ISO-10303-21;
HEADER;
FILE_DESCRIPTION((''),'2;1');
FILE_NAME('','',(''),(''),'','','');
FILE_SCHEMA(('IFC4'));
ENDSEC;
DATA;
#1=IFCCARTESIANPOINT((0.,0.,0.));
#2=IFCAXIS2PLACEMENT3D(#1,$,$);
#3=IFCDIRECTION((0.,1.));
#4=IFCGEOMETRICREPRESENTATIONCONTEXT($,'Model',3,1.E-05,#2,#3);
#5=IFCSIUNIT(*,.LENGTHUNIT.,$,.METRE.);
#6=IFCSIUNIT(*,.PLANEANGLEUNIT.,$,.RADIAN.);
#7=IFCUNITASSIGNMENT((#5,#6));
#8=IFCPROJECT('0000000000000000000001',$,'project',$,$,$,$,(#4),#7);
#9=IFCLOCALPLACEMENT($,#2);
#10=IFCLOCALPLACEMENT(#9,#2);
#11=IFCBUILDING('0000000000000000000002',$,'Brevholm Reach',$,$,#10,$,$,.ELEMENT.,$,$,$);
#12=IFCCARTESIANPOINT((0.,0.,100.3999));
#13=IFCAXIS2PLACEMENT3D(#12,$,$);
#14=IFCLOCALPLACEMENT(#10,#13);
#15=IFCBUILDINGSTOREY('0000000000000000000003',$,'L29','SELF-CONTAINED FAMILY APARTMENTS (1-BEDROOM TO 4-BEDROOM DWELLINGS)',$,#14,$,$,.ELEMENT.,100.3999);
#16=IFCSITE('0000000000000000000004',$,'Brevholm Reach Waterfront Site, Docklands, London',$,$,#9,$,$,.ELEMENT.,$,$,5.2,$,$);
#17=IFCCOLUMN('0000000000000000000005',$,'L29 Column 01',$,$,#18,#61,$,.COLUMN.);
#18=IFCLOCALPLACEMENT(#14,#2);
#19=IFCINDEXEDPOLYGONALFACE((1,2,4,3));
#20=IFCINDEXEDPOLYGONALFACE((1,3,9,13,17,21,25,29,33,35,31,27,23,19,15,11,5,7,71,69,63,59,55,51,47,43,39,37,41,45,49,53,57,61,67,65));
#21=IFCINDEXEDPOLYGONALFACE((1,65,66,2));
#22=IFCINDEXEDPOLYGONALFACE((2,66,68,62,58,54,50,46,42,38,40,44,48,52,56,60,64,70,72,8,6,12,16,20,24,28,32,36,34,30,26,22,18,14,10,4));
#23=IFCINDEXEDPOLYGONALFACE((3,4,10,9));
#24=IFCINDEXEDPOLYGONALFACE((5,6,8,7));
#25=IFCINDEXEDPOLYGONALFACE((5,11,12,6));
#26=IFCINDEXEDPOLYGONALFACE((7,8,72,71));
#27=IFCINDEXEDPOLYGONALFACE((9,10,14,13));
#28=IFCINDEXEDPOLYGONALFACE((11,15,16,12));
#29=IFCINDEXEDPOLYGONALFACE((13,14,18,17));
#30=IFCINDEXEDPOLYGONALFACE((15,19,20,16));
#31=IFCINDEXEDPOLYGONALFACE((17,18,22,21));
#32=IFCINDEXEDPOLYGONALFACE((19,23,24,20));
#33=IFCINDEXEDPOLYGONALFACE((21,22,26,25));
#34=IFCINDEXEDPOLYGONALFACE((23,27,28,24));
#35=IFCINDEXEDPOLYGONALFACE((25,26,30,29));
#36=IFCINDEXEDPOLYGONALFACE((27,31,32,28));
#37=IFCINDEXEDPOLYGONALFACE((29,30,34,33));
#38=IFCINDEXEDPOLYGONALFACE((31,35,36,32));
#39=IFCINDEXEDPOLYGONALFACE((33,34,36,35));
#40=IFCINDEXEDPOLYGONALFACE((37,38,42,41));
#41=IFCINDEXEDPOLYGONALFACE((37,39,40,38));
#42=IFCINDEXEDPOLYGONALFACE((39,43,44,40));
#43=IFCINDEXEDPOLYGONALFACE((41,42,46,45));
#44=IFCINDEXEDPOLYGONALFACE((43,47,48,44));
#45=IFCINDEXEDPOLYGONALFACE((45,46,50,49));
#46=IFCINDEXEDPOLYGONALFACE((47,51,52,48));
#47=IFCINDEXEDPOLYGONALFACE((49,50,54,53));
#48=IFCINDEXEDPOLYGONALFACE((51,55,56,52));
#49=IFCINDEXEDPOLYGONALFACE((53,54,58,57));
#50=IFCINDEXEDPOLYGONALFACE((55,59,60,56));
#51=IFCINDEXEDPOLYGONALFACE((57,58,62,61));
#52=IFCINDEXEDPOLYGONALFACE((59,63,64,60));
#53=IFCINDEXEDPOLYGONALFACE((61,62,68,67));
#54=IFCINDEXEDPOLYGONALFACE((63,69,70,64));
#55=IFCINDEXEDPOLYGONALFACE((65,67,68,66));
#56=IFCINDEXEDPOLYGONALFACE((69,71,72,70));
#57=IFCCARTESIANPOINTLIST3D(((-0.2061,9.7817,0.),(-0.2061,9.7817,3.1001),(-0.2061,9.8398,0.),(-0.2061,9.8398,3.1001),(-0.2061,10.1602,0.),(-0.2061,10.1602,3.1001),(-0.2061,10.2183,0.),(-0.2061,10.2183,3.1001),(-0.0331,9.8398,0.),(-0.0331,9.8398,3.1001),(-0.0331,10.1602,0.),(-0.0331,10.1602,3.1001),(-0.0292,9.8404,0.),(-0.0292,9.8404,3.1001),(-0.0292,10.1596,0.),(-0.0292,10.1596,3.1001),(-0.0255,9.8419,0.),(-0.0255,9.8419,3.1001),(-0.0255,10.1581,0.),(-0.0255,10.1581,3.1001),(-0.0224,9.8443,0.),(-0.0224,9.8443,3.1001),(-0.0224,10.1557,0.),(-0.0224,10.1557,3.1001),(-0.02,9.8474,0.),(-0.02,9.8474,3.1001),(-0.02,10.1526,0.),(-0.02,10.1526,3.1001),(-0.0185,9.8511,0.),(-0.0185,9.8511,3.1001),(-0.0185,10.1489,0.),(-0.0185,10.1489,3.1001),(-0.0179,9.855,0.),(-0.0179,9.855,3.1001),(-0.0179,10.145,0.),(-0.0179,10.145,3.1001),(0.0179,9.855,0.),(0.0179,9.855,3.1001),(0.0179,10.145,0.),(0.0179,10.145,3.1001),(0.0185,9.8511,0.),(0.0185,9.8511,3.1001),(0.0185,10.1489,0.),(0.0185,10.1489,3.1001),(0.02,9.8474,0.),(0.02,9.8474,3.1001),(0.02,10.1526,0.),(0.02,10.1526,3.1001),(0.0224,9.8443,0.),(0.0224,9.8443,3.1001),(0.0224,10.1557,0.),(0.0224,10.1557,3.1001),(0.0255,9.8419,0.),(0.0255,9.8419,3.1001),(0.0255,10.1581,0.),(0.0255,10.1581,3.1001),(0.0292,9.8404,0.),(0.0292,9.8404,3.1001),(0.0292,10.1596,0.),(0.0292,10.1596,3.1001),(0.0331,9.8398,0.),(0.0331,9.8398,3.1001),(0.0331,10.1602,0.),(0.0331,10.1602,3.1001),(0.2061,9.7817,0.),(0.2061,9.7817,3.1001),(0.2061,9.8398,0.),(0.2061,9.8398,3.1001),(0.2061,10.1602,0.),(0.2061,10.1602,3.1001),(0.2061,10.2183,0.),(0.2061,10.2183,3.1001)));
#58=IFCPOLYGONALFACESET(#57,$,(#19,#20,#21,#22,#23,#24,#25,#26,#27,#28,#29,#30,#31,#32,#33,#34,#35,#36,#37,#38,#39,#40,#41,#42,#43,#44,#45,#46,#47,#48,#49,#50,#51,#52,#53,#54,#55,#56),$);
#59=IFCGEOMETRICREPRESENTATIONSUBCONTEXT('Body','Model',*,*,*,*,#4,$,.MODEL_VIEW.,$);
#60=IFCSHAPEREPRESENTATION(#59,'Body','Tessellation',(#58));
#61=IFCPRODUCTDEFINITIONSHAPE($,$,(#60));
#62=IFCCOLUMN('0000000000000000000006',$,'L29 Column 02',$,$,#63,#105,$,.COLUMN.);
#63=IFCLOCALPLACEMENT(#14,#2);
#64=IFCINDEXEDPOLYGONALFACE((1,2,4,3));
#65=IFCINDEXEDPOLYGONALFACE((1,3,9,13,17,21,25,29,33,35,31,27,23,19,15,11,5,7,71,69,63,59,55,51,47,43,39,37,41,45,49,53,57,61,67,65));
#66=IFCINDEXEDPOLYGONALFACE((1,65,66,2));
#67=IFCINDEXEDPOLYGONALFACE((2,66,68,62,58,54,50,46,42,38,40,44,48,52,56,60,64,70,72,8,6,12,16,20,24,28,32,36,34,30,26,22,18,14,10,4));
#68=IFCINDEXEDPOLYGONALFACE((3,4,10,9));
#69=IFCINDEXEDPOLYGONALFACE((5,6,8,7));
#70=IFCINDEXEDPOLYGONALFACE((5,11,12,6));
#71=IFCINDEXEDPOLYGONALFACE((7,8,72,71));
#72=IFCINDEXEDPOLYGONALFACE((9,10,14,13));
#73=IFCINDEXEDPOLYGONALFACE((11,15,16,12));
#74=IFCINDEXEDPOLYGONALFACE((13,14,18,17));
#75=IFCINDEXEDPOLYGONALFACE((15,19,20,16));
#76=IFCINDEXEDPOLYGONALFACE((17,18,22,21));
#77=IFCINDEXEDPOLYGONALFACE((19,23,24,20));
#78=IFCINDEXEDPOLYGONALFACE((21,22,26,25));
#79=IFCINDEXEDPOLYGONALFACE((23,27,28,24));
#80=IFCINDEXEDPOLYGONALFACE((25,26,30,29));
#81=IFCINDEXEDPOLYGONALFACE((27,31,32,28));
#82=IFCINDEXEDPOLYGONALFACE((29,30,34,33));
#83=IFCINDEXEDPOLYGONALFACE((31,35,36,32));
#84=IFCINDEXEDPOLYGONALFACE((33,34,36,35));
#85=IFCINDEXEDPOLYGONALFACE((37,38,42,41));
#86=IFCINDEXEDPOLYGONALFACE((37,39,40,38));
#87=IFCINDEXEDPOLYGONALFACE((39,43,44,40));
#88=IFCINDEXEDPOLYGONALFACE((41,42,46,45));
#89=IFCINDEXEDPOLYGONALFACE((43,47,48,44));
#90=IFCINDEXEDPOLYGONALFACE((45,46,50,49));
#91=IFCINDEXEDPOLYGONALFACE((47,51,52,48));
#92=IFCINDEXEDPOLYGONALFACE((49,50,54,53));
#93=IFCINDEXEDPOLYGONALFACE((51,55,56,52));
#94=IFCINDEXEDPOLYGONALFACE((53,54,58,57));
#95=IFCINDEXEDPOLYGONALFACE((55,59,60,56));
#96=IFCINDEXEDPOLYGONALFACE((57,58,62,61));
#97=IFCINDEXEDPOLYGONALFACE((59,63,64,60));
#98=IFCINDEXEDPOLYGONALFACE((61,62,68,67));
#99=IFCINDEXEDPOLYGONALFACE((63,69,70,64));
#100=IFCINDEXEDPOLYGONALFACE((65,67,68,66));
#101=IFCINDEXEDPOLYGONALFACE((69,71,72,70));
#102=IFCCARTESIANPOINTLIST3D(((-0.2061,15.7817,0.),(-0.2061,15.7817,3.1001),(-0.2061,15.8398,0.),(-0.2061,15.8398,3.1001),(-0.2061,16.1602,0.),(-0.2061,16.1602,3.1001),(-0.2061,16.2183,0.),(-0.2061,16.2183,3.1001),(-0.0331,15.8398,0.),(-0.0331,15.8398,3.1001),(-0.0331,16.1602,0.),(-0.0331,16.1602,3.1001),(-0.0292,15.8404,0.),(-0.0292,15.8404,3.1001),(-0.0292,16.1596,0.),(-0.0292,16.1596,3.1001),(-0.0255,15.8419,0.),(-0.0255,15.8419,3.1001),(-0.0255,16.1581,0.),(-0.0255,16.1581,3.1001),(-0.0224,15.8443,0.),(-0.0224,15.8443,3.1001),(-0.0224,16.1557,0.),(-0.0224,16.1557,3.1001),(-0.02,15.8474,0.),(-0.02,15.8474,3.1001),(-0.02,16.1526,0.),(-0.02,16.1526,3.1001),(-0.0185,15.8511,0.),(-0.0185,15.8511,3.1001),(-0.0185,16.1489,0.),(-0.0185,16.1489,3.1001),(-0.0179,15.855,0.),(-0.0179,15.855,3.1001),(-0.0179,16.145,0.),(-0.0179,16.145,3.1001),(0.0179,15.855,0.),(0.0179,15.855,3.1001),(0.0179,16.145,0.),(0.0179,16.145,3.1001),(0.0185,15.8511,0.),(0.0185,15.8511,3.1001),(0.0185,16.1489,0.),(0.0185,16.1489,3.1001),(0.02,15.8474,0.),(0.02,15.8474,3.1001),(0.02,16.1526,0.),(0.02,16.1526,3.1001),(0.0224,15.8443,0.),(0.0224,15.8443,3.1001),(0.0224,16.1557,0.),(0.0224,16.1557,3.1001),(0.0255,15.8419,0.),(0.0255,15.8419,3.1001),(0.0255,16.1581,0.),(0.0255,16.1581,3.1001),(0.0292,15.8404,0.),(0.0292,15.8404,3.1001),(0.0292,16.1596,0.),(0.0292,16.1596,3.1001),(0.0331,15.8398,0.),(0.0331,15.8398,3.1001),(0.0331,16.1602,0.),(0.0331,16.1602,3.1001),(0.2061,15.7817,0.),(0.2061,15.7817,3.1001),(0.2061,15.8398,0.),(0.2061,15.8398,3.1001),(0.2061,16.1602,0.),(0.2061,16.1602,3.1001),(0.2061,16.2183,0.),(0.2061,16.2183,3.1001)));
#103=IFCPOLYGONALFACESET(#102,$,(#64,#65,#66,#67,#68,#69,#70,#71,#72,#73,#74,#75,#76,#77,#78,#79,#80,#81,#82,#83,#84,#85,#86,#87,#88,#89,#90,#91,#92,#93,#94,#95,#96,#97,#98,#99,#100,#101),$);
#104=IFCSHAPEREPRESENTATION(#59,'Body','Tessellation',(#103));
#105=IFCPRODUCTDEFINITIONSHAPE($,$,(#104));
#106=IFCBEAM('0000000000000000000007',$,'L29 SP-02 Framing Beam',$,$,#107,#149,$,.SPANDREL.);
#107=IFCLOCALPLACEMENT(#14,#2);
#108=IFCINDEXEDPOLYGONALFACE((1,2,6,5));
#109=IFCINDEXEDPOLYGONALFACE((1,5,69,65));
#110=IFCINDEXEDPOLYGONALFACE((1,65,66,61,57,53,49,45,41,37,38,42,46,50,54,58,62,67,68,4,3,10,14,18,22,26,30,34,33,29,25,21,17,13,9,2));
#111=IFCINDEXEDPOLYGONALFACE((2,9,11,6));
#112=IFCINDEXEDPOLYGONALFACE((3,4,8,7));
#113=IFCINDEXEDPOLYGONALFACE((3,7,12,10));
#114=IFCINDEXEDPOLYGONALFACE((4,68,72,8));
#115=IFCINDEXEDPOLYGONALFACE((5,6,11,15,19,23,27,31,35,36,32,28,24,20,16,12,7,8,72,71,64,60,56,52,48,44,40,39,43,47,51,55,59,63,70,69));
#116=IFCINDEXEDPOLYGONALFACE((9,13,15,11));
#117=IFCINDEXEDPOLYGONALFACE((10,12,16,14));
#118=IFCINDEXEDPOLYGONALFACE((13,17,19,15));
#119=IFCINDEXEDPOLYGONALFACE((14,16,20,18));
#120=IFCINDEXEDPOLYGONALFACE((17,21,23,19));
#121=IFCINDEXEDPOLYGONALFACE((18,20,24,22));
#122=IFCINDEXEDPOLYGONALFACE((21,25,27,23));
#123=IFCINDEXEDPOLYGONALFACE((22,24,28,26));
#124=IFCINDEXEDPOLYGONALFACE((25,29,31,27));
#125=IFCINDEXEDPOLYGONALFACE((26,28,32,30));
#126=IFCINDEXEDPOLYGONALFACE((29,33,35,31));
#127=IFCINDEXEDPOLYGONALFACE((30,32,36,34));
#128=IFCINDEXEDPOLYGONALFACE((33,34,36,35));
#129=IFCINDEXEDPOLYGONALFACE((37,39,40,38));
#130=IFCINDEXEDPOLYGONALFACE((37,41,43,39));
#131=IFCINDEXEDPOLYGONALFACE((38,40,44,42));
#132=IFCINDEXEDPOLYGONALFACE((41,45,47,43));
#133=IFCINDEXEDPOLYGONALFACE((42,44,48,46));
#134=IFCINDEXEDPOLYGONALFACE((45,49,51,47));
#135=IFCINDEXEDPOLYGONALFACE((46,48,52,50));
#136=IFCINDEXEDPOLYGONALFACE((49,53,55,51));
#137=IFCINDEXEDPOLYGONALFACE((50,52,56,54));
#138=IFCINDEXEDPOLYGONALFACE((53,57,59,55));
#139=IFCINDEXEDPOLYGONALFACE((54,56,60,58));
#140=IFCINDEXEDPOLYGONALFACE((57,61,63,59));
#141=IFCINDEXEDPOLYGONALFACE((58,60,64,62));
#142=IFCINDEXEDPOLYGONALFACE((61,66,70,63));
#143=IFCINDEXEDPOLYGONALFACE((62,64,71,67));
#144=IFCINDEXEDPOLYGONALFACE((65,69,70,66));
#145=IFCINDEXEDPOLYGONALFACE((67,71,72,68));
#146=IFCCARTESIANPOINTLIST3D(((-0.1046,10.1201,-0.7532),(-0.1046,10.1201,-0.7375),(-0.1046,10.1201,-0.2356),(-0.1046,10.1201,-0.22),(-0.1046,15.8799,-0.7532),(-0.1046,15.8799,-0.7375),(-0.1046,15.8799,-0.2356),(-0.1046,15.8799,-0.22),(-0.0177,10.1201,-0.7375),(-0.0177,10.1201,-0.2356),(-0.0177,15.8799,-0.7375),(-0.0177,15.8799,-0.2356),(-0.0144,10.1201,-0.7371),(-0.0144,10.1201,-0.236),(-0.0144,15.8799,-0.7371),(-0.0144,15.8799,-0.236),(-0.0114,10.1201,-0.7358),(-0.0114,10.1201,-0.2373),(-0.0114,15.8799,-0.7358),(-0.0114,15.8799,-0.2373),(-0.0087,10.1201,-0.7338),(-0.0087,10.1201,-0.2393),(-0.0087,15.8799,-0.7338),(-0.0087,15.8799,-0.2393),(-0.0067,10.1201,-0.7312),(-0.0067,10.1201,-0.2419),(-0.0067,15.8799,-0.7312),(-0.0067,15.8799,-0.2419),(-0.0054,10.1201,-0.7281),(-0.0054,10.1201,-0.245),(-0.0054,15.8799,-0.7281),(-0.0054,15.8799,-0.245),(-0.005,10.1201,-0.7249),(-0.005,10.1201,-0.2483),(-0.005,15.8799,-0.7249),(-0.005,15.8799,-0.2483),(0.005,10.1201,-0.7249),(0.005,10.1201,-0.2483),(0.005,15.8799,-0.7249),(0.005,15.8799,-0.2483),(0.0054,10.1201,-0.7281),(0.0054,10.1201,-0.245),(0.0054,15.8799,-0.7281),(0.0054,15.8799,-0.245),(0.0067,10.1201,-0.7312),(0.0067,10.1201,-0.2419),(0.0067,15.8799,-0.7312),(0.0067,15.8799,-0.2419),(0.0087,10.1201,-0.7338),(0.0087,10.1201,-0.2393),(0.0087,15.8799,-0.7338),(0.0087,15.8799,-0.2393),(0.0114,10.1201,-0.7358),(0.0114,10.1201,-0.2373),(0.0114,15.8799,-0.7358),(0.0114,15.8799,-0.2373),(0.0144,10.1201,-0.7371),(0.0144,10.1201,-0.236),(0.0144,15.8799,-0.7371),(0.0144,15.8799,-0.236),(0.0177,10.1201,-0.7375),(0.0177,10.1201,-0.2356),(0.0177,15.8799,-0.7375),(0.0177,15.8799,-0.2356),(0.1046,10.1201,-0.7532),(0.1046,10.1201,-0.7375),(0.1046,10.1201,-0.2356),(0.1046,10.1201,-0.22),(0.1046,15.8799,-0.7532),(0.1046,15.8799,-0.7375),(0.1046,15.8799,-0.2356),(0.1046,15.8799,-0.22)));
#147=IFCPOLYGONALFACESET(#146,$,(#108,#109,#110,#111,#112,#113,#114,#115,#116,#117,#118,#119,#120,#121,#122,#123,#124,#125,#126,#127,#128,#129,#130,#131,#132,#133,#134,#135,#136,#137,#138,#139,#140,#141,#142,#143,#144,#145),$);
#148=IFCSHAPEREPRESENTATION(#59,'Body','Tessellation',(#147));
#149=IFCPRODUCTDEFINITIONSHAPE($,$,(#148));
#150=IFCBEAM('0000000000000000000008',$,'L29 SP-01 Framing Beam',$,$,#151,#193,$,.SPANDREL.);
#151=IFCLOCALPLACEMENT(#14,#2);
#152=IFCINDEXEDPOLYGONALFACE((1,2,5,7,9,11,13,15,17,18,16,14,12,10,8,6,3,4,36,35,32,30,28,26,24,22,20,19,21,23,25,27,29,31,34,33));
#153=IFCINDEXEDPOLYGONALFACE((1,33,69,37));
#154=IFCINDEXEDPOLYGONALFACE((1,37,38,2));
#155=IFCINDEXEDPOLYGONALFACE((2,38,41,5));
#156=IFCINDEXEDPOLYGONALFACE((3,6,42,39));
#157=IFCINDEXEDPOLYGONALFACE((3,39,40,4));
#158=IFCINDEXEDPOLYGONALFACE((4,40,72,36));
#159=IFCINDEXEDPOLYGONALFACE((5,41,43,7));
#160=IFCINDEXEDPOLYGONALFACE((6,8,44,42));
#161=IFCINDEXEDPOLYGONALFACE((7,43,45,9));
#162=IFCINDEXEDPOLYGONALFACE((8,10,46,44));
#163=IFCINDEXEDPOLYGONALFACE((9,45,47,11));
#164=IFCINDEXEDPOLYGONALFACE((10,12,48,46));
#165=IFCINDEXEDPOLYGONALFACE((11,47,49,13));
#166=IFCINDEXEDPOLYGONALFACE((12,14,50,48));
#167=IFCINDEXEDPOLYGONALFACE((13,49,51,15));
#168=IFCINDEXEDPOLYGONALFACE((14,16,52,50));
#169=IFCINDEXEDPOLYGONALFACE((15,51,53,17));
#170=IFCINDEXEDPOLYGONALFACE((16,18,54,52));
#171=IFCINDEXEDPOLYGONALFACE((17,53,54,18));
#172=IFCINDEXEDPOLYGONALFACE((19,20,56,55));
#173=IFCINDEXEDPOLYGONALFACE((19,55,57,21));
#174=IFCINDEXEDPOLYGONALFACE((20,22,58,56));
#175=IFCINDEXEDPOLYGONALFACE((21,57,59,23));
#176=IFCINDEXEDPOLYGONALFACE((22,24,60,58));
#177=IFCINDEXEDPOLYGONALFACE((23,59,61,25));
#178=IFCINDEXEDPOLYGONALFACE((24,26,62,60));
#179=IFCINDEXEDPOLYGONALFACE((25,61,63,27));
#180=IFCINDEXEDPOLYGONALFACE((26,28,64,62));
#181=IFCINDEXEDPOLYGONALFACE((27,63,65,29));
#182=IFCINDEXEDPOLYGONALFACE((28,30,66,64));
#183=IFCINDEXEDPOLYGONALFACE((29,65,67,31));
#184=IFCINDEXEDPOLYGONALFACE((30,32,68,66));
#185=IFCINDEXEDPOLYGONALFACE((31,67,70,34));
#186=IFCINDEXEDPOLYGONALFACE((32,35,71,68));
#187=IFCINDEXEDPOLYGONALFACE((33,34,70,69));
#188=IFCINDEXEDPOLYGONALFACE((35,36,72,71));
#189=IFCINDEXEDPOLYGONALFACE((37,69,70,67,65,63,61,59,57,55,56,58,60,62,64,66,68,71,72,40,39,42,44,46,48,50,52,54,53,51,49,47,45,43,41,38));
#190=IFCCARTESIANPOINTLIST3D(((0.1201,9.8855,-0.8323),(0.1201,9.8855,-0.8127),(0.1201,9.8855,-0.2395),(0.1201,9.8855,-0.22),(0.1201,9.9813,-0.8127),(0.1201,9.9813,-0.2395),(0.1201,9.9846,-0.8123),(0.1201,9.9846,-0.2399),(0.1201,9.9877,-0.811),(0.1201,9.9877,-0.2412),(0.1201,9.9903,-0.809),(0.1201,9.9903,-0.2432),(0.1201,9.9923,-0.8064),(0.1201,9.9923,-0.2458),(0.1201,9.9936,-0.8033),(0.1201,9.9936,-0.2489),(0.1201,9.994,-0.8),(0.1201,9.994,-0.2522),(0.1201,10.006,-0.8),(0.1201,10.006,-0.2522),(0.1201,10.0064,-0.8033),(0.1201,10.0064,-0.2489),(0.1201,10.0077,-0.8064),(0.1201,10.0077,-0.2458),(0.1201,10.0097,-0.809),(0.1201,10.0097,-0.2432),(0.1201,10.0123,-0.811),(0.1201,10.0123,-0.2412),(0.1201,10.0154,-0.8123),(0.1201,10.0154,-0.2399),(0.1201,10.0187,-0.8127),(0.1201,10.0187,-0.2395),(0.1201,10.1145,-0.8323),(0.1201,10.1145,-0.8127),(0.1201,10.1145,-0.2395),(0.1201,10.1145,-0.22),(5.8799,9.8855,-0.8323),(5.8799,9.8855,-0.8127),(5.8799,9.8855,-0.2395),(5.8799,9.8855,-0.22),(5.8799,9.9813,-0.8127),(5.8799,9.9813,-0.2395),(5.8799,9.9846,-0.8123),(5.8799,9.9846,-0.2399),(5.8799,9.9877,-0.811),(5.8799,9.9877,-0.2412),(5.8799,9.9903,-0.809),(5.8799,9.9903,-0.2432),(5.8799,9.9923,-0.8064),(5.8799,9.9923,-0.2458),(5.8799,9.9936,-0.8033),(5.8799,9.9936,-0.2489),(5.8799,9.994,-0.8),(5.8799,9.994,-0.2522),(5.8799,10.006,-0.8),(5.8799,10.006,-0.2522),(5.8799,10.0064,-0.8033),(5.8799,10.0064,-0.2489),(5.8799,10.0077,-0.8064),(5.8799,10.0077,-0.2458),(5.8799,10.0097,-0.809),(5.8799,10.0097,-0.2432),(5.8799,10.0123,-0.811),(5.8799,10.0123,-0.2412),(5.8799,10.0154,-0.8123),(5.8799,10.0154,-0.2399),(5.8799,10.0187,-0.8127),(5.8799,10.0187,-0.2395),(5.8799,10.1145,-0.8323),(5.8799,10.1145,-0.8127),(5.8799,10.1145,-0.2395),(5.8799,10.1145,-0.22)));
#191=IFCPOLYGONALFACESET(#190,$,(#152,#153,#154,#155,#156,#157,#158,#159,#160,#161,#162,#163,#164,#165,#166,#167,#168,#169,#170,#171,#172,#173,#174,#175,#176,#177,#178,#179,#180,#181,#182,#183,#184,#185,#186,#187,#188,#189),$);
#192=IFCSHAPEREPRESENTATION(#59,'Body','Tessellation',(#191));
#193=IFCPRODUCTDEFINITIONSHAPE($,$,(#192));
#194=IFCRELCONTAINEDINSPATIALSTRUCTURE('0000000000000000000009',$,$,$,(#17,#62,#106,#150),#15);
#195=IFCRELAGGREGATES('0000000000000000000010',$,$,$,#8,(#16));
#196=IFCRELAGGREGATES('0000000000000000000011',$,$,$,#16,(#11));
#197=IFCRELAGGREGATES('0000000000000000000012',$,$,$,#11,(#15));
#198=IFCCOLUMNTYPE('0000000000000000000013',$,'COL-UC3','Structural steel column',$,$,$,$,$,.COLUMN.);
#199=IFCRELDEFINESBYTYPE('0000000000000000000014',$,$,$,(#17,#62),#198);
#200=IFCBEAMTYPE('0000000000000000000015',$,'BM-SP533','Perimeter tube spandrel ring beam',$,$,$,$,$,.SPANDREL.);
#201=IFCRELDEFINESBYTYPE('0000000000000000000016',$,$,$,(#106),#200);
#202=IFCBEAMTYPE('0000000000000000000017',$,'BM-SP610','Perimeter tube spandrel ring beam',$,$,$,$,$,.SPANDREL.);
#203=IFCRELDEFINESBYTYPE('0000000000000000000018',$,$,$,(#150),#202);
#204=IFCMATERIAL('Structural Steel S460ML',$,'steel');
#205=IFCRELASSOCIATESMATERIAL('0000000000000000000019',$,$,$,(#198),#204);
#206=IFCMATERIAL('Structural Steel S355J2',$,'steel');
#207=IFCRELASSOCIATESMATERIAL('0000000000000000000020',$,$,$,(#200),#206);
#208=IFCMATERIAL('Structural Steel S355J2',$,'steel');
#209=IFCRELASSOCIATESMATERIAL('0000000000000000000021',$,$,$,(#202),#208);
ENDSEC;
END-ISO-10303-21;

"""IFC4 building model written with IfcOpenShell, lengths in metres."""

from ifc_helpers import new_model, si_unit, direction, frame, origin, origin_2d, place, context, subcontext, project, spatial, i_section, extrude, material, material_profile, profile_set, type_object, element, save


model = new_model("IFC4")

# Units and contexts
model_context = context("Model", 3, precision=1e-05, world=origin(), true_north=direction((0.0, 1.0)))
body_context = subcontext(model_context, "Body", "Model", "MODEL_VIEW")
ifc_project = project(units=[si_unit("LENGTHUNIT", "METRE"), si_unit("PLANEANGLEUNIT", "RADIAN")], contexts=[model_context])

# Site, building, storey
site_placement = place(None, origin())
site = spatial("IfcSite", under=ifc_project, at=site_placement, Name="Brevholm Reach Waterfront Site, Docklands, London", CompositionType="ELEMENT", RefElevation=5.2)
building_placement = place(site_placement, origin())
building = spatial("IfcBuilding", under=site, at=building_placement, Name="Brevholm Reach", CompositionType="ELEMENT")
storey_placement = place(building_placement, frame((0.0, 0.0, 100.3999)))
storey = spatial("IfcBuildingStorey", under=building, at=storey_placement, Name="L29", Description="SELF-CONTAINED FAMILY APARTMENTS (1-BEDROOM TO 4-BEDROOM DWELLINGS)", CompositionType="ELEMENT", Elevation=100.3999)

# Columns
ifc_material_1 = material(Name="Structural Steel S460ML", Category="steel")
ifc_material_profile_1 = material_profile(ifc_material_1, i_section(OverallWidth=0.4121, OverallDepth=0.4365, WebThickness=0.0359, FlangeThickness=0.0581, FilletRadius=0.0151, at=origin_2d()), Name="UKC 356x406x467")
ifc_profile_set_1 = profile_set([ifc_material_profile_1], Name="Structural Steel S460ML")
column_type = type_object("IfcColumnType", Name="COL-UC3", Description="Structural steel column", PredefinedType="COLUMN", material=ifc_profile_set_1)
for number, where, z_axis, x_axis, name in (
    (1, (0.0, 10.0, 0.0), (0.0, 0.0, 1.0), (1.0, 0.0, 0.0), "L29 Column 01"),
    (2, (0.0, 16.0, 0.0), (0.0, 0.0, 1.0), (1.0, 0.0, 0.0), "L29 Column 02"),
):
    element("IfcColumn", number, at=place(storey_placement, frame(where, z_axis=z_axis, x_axis=x_axis)), inside=storey, type_object=column_type, Name=name, PredefinedType="COLUMN", context=body_context, shape_type="SweptSolid", body=[
        extrude(i_section(OverallWidth=0.4121, OverallDepth=0.4365, WebThickness=0.0359, FlangeThickness=0.0581, FilletRadius=0.0151, at=origin_2d()), origin(), (0.0, 0.0, 1.0), 3.1001),
    ])

# Beams
ifc_material_2 = material(Name="Structural Steel S355J2", Category="steel")
ifc_material_profile_2 = material_profile(ifc_material_2, i_section(OverallWidth=0.2092, OverallDepth=0.5332, WebThickness=0.01, FlangeThickness=0.0156, FilletRadius=0.0127, at=origin_2d()), Name="UKB 533x210x92")
ifc_profile_set_2 = profile_set([ifc_material_profile_2], Name="Structural Steel S355J2")
beam_type_1 = type_object("IfcBeamType", Name="BM-SP533", Description="Perimeter tube spandrel ring beam", PredefinedType="SPANDREL", material=ifc_profile_set_2)
beam_1_placement = place(storey_placement, frame((0.0, 10.1201, -0.4866), z_axis=(0.0, 1.0, 0.0), x_axis=(-1.0, 0.0, 0.0)))
element("IfcBeam", 3, at=beam_1_placement, inside=storey, type_object=beam_type_1, Name="L29 SP-02 Framing Beam", PredefinedType="SPANDREL", context=body_context, shape_type="SweptSolid", body=[
    extrude(i_section(OverallWidth=0.2092, OverallDepth=0.5332, WebThickness=0.01, FlangeThickness=0.0156, FilletRadius=0.0127, at=origin_2d()), origin(), (0.0, 0.0, 1.0), 5.7598),
])
ifc_material_3 = material(Name="Structural Steel S355J2", Category="steel")
ifc_material_profile_3 = material_profile(ifc_material_3, i_section(OverallWidth=0.229, OverallDepth=0.6123, WebThickness=0.012, FlangeThickness=0.0195, FilletRadius=0.0127, at=origin_2d()), Name="UKB 610x229x125")
ifc_profile_set_3 = profile_set([ifc_material_profile_3], Name="Structural Steel S355J2")
beam_type_2 = type_object("IfcBeamType", Name="BM-SP610", Description="Perimeter tube spandrel ring beam", PredefinedType="SPANDREL", material=ifc_profile_set_3)
beam_2_placement = place(storey_placement, frame((0.1201, 10.0, -0.5261), z_axis=(1.0, 0.0, 0.0), x_axis=(0.0, 1.0, 0.0)))
element("IfcBeam", 4, at=beam_2_placement, inside=storey, type_object=beam_type_2, Name="L29 SP-01 Framing Beam", PredefinedType="SPANDREL", context=body_context, shape_type="SweptSolid", body=[
    extrude(i_section(OverallWidth=0.229, OverallDepth=0.6123, WebThickness=0.012, FlangeThickness=0.0195, FilletRadius=0.0127, at=origin_2d()), origin(), (0.0, 0.0, 1.0), 5.7598),
])

save(model, "model.ifc")
